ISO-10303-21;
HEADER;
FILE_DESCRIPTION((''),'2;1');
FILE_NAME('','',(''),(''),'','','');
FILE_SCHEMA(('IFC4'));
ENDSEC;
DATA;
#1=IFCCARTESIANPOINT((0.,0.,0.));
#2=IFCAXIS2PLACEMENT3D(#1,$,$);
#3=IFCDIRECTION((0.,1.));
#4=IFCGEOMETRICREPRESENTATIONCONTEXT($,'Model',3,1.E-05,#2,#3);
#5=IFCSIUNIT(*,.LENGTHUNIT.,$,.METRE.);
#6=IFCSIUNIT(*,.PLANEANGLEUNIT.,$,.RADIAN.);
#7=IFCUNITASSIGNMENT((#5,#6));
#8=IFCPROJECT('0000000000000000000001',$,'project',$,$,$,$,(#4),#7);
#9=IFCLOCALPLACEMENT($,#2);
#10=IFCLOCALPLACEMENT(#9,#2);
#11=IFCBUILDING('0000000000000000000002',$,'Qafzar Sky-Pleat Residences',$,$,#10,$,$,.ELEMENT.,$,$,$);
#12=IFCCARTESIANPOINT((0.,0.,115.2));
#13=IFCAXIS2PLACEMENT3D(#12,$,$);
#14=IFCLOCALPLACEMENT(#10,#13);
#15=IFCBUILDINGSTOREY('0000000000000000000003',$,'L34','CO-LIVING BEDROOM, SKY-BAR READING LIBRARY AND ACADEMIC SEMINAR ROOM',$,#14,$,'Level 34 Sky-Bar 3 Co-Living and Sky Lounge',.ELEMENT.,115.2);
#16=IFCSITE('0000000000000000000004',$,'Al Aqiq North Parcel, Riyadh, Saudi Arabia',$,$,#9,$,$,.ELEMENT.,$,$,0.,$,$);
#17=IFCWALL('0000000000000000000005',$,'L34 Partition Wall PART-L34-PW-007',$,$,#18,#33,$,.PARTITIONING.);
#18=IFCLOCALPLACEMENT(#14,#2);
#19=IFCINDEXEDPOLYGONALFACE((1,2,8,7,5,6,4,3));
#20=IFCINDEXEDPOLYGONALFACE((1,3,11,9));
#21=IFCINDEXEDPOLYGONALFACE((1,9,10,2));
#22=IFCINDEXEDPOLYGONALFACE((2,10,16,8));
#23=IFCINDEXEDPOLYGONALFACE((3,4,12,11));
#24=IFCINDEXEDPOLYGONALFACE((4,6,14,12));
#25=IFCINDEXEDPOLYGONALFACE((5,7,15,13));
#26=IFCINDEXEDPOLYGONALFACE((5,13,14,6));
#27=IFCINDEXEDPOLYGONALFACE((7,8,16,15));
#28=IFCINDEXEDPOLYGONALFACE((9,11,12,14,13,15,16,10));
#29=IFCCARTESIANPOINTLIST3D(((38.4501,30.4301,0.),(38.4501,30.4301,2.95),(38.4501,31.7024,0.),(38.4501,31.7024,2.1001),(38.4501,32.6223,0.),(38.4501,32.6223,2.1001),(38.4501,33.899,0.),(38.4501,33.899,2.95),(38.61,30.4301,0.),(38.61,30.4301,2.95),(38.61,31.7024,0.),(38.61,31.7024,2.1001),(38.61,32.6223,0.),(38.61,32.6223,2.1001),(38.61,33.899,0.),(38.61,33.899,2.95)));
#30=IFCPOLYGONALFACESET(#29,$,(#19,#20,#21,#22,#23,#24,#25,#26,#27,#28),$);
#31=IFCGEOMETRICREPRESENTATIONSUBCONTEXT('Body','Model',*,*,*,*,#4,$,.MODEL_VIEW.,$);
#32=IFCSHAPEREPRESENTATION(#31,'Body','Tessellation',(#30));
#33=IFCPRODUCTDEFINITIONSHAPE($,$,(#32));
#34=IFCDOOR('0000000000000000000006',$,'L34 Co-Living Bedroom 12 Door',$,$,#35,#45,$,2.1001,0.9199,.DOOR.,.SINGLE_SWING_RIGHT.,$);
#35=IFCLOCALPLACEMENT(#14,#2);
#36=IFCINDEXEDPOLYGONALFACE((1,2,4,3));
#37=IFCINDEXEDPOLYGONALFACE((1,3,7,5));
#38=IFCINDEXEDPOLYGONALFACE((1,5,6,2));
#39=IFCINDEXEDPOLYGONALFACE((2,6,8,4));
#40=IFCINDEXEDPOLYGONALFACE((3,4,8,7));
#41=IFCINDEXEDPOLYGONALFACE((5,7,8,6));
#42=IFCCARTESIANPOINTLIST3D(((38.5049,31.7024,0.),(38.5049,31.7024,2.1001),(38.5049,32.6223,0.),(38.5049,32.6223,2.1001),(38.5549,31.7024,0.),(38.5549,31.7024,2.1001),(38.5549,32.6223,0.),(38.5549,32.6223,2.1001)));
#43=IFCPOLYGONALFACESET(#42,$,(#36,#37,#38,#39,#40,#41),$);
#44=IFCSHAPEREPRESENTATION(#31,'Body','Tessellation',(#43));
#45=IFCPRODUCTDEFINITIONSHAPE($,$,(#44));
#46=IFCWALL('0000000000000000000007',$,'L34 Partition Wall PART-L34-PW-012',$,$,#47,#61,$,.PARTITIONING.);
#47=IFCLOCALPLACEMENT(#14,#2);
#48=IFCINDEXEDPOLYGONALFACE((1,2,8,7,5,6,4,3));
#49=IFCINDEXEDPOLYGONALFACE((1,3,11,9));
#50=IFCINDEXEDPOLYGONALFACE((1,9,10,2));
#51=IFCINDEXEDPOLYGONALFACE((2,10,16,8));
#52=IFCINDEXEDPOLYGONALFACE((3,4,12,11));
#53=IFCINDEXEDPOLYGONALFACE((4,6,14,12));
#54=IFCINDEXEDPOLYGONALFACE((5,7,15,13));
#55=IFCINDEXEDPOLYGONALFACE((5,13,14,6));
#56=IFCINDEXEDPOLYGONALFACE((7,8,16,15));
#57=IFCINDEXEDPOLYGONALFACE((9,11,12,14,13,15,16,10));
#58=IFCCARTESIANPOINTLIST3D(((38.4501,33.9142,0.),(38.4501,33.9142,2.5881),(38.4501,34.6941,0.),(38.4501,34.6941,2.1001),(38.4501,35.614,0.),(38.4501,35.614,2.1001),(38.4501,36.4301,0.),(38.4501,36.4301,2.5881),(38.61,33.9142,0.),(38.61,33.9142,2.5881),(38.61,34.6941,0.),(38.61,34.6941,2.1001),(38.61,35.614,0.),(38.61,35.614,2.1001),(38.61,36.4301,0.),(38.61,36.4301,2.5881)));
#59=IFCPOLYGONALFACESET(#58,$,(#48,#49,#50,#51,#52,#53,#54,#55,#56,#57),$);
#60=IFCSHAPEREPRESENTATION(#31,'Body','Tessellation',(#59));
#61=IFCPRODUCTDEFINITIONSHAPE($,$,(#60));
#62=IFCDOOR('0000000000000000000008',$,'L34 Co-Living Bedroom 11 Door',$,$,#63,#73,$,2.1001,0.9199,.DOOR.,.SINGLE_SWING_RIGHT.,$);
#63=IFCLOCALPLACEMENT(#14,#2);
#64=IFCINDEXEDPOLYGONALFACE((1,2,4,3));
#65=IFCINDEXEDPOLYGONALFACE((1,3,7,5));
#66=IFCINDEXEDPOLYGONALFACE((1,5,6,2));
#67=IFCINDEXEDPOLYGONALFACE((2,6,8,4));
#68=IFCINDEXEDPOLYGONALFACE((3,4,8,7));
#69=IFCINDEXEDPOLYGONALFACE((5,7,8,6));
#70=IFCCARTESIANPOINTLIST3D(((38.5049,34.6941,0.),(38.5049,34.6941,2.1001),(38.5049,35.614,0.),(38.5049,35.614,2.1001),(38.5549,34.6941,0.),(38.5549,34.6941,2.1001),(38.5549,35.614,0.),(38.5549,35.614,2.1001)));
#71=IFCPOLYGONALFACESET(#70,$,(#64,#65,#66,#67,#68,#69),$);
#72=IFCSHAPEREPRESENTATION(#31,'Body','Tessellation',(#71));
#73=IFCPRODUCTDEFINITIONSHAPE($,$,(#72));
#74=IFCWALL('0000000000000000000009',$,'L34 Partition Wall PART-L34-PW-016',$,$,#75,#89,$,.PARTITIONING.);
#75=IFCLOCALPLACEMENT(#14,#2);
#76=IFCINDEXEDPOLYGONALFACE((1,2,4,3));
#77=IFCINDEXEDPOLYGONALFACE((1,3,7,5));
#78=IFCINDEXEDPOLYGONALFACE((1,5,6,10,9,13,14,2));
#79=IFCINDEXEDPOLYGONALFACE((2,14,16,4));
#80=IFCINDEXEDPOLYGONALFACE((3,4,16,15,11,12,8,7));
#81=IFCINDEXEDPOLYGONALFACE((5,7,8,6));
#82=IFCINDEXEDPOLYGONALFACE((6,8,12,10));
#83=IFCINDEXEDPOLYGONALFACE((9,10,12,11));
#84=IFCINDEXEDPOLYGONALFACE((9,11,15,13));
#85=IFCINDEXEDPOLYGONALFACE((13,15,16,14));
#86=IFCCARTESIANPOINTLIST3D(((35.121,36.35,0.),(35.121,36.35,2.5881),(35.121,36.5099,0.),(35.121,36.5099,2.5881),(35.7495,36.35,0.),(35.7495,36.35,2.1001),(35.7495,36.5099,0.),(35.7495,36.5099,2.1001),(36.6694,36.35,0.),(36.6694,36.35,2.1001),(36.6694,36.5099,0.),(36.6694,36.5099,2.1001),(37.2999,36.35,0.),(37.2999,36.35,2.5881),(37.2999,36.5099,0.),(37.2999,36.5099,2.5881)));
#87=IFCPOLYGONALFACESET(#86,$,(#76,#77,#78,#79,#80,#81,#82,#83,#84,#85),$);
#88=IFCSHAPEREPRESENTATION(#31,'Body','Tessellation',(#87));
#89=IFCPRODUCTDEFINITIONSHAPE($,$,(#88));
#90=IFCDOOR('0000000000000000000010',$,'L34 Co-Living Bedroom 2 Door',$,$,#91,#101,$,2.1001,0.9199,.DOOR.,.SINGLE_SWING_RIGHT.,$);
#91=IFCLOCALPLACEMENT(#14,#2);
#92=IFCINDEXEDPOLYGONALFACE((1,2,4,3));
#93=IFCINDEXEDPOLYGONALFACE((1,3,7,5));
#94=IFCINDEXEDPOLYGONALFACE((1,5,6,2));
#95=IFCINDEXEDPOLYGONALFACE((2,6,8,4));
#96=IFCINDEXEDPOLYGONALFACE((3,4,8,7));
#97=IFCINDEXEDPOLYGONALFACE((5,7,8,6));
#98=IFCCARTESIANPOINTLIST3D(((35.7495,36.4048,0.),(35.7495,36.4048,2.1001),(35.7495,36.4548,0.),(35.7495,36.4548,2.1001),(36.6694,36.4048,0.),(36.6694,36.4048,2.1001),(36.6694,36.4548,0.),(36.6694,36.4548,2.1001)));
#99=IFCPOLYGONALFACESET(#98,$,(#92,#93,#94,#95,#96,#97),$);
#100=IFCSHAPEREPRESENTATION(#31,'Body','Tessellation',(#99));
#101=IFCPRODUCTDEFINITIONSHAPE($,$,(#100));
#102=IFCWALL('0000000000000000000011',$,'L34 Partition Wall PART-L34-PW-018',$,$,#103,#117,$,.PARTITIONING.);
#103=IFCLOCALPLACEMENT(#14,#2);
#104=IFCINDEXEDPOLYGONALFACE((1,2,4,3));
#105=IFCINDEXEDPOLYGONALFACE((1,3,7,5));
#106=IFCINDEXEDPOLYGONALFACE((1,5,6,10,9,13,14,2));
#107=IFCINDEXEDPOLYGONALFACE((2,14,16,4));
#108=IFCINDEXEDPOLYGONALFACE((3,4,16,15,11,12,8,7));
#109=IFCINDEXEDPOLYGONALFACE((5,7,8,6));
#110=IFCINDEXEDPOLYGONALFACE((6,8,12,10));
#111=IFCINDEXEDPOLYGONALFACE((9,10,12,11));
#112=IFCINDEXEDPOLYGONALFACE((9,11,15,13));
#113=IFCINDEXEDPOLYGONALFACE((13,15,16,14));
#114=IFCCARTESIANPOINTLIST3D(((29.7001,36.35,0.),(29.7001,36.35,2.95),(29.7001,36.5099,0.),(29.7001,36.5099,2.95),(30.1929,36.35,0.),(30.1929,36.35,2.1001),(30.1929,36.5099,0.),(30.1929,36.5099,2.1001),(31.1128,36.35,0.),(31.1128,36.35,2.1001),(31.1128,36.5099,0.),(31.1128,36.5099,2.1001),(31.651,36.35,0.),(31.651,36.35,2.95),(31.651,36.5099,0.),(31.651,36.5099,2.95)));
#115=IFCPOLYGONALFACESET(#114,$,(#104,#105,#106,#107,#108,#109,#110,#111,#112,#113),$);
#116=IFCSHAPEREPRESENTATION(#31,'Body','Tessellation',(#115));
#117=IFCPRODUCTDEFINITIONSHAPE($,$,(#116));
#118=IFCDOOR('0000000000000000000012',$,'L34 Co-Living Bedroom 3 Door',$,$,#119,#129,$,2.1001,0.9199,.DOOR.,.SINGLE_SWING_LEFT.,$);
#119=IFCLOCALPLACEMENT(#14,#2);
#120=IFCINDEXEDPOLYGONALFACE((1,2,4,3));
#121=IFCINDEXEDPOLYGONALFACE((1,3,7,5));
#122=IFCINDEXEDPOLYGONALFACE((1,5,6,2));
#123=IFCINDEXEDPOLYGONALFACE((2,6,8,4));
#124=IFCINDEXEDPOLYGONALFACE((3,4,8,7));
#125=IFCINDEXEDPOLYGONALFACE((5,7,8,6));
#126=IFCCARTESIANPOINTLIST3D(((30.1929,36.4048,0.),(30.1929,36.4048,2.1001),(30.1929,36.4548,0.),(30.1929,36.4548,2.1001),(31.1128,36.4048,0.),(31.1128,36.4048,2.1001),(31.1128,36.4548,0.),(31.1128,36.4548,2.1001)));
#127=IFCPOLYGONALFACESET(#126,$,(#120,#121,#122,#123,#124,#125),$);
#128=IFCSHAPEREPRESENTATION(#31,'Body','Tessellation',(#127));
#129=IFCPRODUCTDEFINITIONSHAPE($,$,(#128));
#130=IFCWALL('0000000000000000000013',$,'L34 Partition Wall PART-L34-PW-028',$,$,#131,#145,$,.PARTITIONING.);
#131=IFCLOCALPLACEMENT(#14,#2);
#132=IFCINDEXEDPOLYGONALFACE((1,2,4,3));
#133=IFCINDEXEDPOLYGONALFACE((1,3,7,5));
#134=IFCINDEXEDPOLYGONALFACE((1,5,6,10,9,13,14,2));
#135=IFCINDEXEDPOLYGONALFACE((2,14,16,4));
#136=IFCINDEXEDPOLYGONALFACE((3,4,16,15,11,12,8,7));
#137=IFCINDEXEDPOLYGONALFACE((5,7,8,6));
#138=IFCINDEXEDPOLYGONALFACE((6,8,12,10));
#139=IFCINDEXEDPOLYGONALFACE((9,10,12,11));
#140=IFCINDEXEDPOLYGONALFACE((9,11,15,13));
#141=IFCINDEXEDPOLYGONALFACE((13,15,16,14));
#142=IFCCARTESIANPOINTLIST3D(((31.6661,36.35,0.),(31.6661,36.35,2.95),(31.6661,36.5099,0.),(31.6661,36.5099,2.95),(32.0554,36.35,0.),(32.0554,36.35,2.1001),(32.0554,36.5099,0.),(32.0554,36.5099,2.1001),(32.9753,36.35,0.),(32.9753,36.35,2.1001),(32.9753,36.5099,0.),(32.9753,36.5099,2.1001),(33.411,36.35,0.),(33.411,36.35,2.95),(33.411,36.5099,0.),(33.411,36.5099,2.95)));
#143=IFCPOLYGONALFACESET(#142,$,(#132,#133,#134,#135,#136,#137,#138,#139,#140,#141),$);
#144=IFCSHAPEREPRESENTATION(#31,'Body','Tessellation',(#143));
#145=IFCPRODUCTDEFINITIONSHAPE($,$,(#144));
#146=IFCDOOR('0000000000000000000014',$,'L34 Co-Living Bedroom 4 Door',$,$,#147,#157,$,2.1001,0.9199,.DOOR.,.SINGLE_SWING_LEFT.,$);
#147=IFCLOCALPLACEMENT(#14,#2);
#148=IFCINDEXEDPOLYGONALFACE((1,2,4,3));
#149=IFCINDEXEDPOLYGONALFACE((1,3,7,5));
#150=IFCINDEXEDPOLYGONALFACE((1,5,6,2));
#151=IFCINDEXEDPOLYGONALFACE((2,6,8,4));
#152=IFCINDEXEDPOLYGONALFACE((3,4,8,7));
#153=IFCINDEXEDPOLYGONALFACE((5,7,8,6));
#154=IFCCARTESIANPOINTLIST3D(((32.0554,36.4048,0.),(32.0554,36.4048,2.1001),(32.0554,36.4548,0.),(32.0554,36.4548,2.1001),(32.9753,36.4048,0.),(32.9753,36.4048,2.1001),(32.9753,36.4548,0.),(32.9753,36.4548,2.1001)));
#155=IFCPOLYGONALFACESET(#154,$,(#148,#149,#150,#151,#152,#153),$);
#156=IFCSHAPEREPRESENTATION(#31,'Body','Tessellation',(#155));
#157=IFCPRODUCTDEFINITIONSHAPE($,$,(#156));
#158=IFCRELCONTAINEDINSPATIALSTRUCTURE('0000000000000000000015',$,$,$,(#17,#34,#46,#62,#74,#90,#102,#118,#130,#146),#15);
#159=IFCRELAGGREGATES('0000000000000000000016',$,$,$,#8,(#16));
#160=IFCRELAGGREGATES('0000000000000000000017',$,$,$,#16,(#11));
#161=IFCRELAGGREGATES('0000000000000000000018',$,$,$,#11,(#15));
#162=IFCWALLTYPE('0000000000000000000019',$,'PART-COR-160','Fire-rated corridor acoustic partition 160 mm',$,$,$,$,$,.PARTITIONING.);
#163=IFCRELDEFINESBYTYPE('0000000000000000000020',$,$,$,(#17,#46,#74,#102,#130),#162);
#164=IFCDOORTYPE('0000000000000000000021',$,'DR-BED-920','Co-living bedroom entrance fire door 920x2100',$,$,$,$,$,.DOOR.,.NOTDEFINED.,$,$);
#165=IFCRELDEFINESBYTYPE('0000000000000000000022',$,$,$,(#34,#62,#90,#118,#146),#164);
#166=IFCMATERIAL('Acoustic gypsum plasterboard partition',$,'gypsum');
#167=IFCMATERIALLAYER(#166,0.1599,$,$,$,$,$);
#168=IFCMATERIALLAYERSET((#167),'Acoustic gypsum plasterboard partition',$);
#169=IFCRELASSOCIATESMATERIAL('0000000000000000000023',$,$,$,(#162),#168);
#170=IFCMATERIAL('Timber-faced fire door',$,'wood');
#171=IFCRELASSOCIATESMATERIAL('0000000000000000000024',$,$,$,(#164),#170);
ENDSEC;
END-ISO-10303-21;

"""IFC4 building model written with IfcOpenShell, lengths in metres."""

from ifc_helpers import new_model, si_unit, direction, frame, frame_2d, origin, place, context, subcontext, project, spatial, rectangle, extrude, source, transform, mapped, material, layer, layer_set, type_object, element, fill, save


model = new_model("IFC4")

# Units and contexts
model_context = context("Model", 3, precision=1e-05, world=origin(), true_north=direction((0.0, 1.0)))
body_context = subcontext(model_context, "Body", "Model", "MODEL_VIEW")
ifc_project = project(units=[si_unit("LENGTHUNIT", "METRE"), si_unit("PLANEANGLEUNIT", "RADIAN")], contexts=[model_context])

# Site, building, storey
site_placement = place(None, origin())
site = spatial("IfcSite", under=ifc_project, at=site_placement, Name="Al Aqiq North Parcel, Riyadh, Saudi Arabia", CompositionType="ELEMENT", RefElevation=0.0)
building_placement = place(site_placement, origin())
building = spatial("IfcBuilding", under=site, at=building_placement, Name="Qafzar Sky-Pleat Residences", CompositionType="ELEMENT")
storey_placement = place(building_placement, frame((0.0, 0.0, 115.2)))
storey = spatial("IfcBuildingStorey", under=building, at=storey_placement, Name="L34", Description="CO-LIVING BEDROOM, SKY-BAR READING LIBRARY AND ACADEMIC SEMINAR ROOM", LongName="Level 34 Sky-Bar 3 Co-Living and Sky Lounge", CompositionType="ELEMENT", Elevation=115.2)

# Walls, openings, doors
ifc_material_1 = material(Name="Acoustic gypsum plasterboard partition", Category="gypsum")
ifc_layer_1 = layer(ifc_material_1, 0.1599)
ifc_layer_set_1 = layer_set([ifc_layer_1], Name="Acoustic gypsum plasterboard partition")
wall_type_1 = type_object("IfcWallType", Name="PART-COR-160", Description="Fire-rated corridor acoustic partition 160 mm", PredefinedType="PARTITIONING", material=ifc_layer_set_1)
wall_1_placement = place(storey_placement, frame((38.53, 33.8989, 0.0), z_axis=(0.0, 0.0, 1.0), x_axis=(0.0, -1.0, 0.0)))
wall_1 = element("IfcWall", 1, at=wall_1_placement, inside=storey, type_object=wall_type_1, Name="L34 Partition Wall PART-L34-PW-007", PredefinedType="PARTITIONING", context=body_context, shape_type="SweptSolid", body=[
    extrude(rectangle(XDim=3.469, YDim=0.1599, at=frame_2d((1.7344, 0.0))), origin(), (0.0, 0.0, 1.0), 2.95),
])
opening_1_placement = place(wall_1_placement, frame((1.2766, 0.0, 0.0)))
opening_1 = element("IfcOpeningElement", 2, at=opening_1_placement, cuts=wall_1, PredefinedType="OPENING", context=body_context, shape_type="SweptSolid", body=[
    extrude(rectangle(XDim=0.9199, YDim=2.1001, at=frame_2d((0.46, 1.05))), frame((0.0, 0.0898, 0.0), z_axis=(0.0, -1.0, 0.0), x_axis=(1.0, 0.0, 0.0)), (0.0, 0.0, 1.0), 0.1799),
])
ifc_material_2 = material(Name="Timber-faced fire door", Category="wood")
door_type = type_object("IfcDoorType", Name="DR-BED-920", Description="Co-living bedroom entrance fire door 920x2100", OperationType="NOTDEFINED", PredefinedType="DOOR", material=ifc_material_2)
shared_shape = source(origin(), body_context, "Body", "SweptSolid", [
    extrude(rectangle(XDim=0.9199, YDim=2.1001, at=frame_2d((0.46, 1.05))), frame((0.0, 0.0249, 0.0), z_axis=(0.0, -1.0, 0.0), x_axis=(1.0, 0.0, 0.0)), (0.0, 0.0, 1.0), 0.05),
])
door_1_placement = place(opening_1_placement, origin())
door_1 = element("IfcDoor", 3, at=door_1_placement, inside=storey, type_object=door_type, Name="L34 Co-Living Bedroom 12 Door", OperationType="SINGLE_SWING_RIGHT", OverallHeight=2.1001, OverallWidth=0.9199, PredefinedType="DOOR", context=body_context, shape_type="MappedRepresentation", body=[
    mapped(shared_shape, transform((0.0, 0.0, 0.0), x_axis=(1.0, 0.0, 0.0), y_axis=(0.0, 1.0, 0.0), z_axis=(0.0, 0.0, 1.0), scale=1.0)),
])
fill(opening_1, door_1)
wall_2_placement = place(storey_placement, frame((38.53, 36.4299, 0.0), z_axis=(0.0, 0.0, 1.0), x_axis=(0.0, -1.0, 0.0)))
wall_2 = element("IfcWall", 4, at=wall_2_placement, inside=storey, type_object=wall_type_1, Name="L34 Partition Wall PART-L34-PW-012", PredefinedType="PARTITIONING", context=body_context, shape_type="SweptSolid", body=[
    extrude(rectangle(XDim=2.5159, YDim=0.1599, at=frame_2d((1.2578, 0.0))), origin(), (0.0, 0.0, 1.0), 2.5881),
])
opening_2_placement = place(wall_2_placement, frame((0.8159, 0.0, 0.0)))
opening_2 = element("IfcOpeningElement", 5, at=opening_2_placement, cuts=wall_2, PredefinedType="OPENING", context=body_context, shape_type="SweptSolid", body=[
    extrude(rectangle(XDim=0.9199, YDim=2.1001, at=frame_2d((0.46, 1.05))), frame((0.0, 0.0898, 0.0), z_axis=(0.0, -1.0, 0.0), x_axis=(1.0, 0.0, 0.0)), (0.0, 0.0, 1.0), 0.1799),
])
door_2_placement = place(opening_2_placement, origin())
door_2 = element("IfcDoor", 6, at=door_2_placement, inside=storey, type_object=door_type, Name="L34 Co-Living Bedroom 11 Door", OperationType="SINGLE_SWING_RIGHT", OverallHeight=2.1001, OverallWidth=0.9199, PredefinedType="DOOR", context=body_context, shape_type="MappedRepresentation", body=[
    mapped(shared_shape, transform((0.0, 0.0, 0.0), x_axis=(1.0, 0.0, 0.0), y_axis=(0.0, 1.0, 0.0), z_axis=(0.0, 0.0, 1.0), scale=1.0)),
])
fill(opening_2, door_2)
wall_3_placement = place(storey_placement, frame((35.1211, 36.4299, 0.0), z_axis=(0.0, 0.0, 1.0), x_axis=(1.0, 0.0, 0.0)))
wall_3 = element("IfcWall", 7, at=wall_3_placement, inside=storey, type_object=wall_type_1, Name="L34 Partition Wall PART-L34-PW-016", PredefinedType="PARTITIONING", context=body_context, shape_type="SweptSolid", body=[
    extrude(rectangle(XDim=2.179, YDim=0.1599, at=frame_2d((1.0894, 0.0))), origin(), (0.0, 0.0, 1.0), 2.5881),
])
opening_3_placement = place(wall_3_placement, frame((0.6284, 0.0, 0.0)))
opening_3 = element("IfcOpeningElement", 8, at=opening_3_placement, cuts=wall_3, PredefinedType="OPENING", context=body_context, shape_type="SweptSolid", body=[
    extrude(rectangle(XDim=0.9199, YDim=2.1001, at=frame_2d((0.46, 1.05))), frame((0.0, 0.0898, 0.0), z_axis=(0.0, -1.0, 0.0), x_axis=(1.0, 0.0, 0.0)), (0.0, 0.0, 1.0), 0.1799),
])
door_3_placement = place(opening_3_placement, origin())
door_3 = element("IfcDoor", 9, at=door_3_placement, inside=storey, type_object=door_type, Name="L34 Co-Living Bedroom 2 Door", OperationType="SINGLE_SWING_RIGHT", OverallHeight=2.1001, OverallWidth=0.9199, PredefinedType="DOOR", context=body_context, shape_type="MappedRepresentation", body=[
    mapped(shared_shape, transform((0.0, 0.0, 0.0), x_axis=(1.0, 0.0, 0.0), y_axis=(0.0, 1.0, 0.0), z_axis=(0.0, 0.0, 1.0), scale=1.0)),
])
fill(opening_3, door_3)
wall_4_placement = place(storey_placement, frame((29.7, 36.4299, 0.0), z_axis=(0.0, 0.0, 1.0), x_axis=(1.0, 0.0, 0.0)))
wall_4 = element("IfcWall", 10, at=wall_4_placement, inside=storey, type_object=wall_type_1, Name="L34 Partition Wall PART-L34-PW-018", PredefinedType="PARTITIONING", context=body_context, shape_type="SweptSolid", body=[
    extrude(rectangle(XDim=1.9509, YDim=0.1599, at=frame_2d((0.9756, 0.0))), origin(), (0.0, 0.0, 1.0), 2.95),
])
opening_4_placement = place(wall_4_placement, frame((0.4929, 0.0, 0.0)))
opening_4 = element("IfcOpeningElement", 11, at=opening_4_placement, cuts=wall_4, PredefinedType="OPENING", context=body_context, shape_type="SweptSolid", body=[
    extrude(rectangle(XDim=0.9199, YDim=2.1001, at=frame_2d((0.46, 1.05))), frame((0.0, 0.0898, 0.0), z_axis=(0.0, -1.0, 0.0), x_axis=(1.0, 0.0, 0.0)), (0.0, 0.0, 1.0), 0.1799),
])
door_4_placement = place(opening_4_placement, origin())
door_4 = element("IfcDoor", 12, at=door_4_placement, inside=storey, type_object=door_type, Name="L34 Co-Living Bedroom 3 Door", OperationType="SINGLE_SWING_LEFT", OverallHeight=2.1001, OverallWidth=0.9199, PredefinedType="DOOR", context=body_context, shape_type="MappedRepresentation", body=[
    mapped(shared_shape, transform((0.0, 0.0, 0.0), x_axis=(1.0, 0.0, 0.0), y_axis=(0.0, 1.0, 0.0), z_axis=(0.0, 0.0, 1.0), scale=1.0)),
])
fill(opening_4, door_4)
wall_5_placement = place(storey_placement, frame((31.666, 36.4299, 0.0), z_axis=(0.0, 0.0, 1.0), x_axis=(1.0, 0.0, 0.0)))
wall_5 = element("IfcWall", 13, at=wall_5_placement, inside=storey, type_object=wall_type_1, Name="L34 Partition Wall PART-L34-PW-028", PredefinedType="PARTITIONING", context=body_context, shape_type="SweptSolid", body=[
    extrude(rectangle(XDim=1.7449, YDim=0.1599, at=frame_2d((0.8726, 0.0))), origin(), (0.0, 0.0, 1.0), 2.95),
])
opening_5_placement = place(wall_5_placement, frame((0.3894, 0.0, 0.0)))
opening_5 = element("IfcOpeningElement", 14, at=opening_5_placement, cuts=wall_5, PredefinedType="OPENING", context=body_context, shape_type="SweptSolid", body=[
    extrude(rectangle(XDim=0.9199, YDim=2.1001, at=frame_2d((0.46, 1.05))), frame((0.0, 0.0898, 0.0), z_axis=(0.0, -1.0, 0.0), x_axis=(1.0, 0.0, 0.0)), (0.0, 0.0, 1.0), 0.1799),
])
door_5_placement = place(opening_5_placement, origin())
door_5 = element("IfcDoor", 15, at=door_5_placement, inside=storey, type_object=door_type, Name="L34 Co-Living Bedroom 4 Door", OperationType="SINGLE_SWING_LEFT", OverallHeight=2.1001, OverallWidth=0.9199, PredefinedType="DOOR", context=body_context, shape_type="MappedRepresentation", body=[
    mapped(shared_shape, transform((0.0, 0.0, 0.0), x_axis=(1.0, 0.0, 0.0), y_axis=(0.0, 1.0, 0.0), z_axis=(0.0, 0.0, 1.0), scale=1.0)),
])
fill(opening_5, door_5)

save(model, "model.ifc")
